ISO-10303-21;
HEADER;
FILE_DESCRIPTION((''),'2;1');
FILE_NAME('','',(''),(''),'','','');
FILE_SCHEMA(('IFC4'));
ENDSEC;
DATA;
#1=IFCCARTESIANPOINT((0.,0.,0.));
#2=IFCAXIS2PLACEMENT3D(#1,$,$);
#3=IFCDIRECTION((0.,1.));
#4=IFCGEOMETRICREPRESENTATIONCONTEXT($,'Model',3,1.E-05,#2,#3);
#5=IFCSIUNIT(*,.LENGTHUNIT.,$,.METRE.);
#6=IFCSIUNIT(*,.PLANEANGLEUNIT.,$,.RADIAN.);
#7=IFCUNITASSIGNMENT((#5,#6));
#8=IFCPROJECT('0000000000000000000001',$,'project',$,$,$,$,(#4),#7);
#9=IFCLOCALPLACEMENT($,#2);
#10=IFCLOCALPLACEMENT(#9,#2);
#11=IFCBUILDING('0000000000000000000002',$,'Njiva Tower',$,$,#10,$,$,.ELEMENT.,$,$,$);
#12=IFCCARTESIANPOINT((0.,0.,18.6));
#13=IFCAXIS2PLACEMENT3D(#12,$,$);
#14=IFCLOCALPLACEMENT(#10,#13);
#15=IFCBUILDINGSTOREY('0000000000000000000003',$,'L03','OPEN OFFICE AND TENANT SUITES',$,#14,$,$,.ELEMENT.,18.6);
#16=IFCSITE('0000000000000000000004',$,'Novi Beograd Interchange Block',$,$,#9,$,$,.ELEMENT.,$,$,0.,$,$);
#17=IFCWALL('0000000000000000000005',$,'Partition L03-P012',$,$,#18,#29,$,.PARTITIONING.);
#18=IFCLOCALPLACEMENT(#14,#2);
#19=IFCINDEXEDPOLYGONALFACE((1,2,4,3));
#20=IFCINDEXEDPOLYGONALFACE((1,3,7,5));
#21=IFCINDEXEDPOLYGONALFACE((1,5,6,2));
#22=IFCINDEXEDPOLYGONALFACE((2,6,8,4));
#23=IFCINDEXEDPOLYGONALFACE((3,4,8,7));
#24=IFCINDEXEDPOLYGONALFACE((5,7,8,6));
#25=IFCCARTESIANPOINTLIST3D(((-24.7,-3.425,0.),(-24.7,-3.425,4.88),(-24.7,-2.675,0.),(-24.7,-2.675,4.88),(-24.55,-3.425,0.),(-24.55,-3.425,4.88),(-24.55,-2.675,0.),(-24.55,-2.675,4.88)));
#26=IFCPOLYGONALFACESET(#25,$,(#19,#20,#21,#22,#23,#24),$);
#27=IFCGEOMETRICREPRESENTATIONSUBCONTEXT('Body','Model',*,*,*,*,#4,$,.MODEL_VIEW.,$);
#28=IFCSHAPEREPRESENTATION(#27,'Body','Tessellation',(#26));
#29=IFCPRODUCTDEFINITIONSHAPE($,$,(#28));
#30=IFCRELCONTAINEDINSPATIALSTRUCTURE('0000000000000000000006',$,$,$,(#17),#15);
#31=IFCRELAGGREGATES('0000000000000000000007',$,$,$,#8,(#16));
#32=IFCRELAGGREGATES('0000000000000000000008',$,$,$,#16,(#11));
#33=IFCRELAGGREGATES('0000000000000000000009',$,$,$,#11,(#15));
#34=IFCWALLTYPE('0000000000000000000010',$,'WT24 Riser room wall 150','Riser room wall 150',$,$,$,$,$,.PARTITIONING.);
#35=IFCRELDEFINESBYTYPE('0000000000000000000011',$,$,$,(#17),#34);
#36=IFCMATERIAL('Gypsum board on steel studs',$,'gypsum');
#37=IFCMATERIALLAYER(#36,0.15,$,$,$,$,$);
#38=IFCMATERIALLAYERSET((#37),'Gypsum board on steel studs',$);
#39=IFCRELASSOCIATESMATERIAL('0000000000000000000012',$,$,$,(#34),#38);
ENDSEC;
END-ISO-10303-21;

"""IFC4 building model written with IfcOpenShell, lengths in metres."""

from ifc_helpers import new_model, si_unit, direction, frame, frame_2d, origin, place, context, subcontext, project, spatial, rectangle, extrude, material, layer, layer_set, type_object, element, save


model = new_model("IFC4")

# Units and contexts
model_context = context("Model", 3, precision=1e-05, world=origin(), true_north=direction((0.0, 1.0)))
body_context = subcontext(model_context, "Body", "Model", "MODEL_VIEW")
ifc_project = project(units=[si_unit("LENGTHUNIT", "METRE"), si_unit("PLANEANGLEUNIT", "RADIAN")], contexts=[model_context])

# Site, building, storey
site_placement = place(None, origin())
site = spatial("IfcSite", under=ifc_project, at=site_placement, Name="Novi Beograd Interchange Block", CompositionType="ELEMENT", RefElevation=0.0)
building_placement = place(site_placement, origin())
building = spatial("IfcBuilding", under=site, at=building_placement, Name="Njiva Tower", CompositionType="ELEMENT")
storey_placement = place(building_placement, frame((0.0, 0.0, 18.6)))
storey = spatial("IfcBuildingStorey", under=building, at=storey_placement, Name="L03", Description="OPEN OFFICE AND TENANT SUITES", CompositionType="ELEMENT", Elevation=18.6)

# Shared definitions
ifc_material_1 = material(Name="Gypsum board on steel studs", Category="gypsum")

# Wall
ifc_layer_1 = layer(ifc_material_1, 0.15)
ifc_layer_set_1 = layer_set([ifc_layer_1], Name="Gypsum board on steel studs")
wall_type_1 = type_object("IfcWallType", Name="WT24 Riser room wall 150", Description="Riser room wall 150", PredefinedType="PARTITIONING", material=ifc_layer_set_1)
wall_1_placement = place(storey_placement, frame((-24.625, -3.425, 0.0), z_axis=(0.0, 0.0, 1.0), x_axis=(0.0, 1.0, 0.0)))
element("IfcWall", 1, at=wall_1_placement, inside=storey, type_object=wall_type_1, Name="Partition L03-P012", PredefinedType="PARTITIONING", context=body_context, shape_type="SweptSolid", body=[
    extrude(rectangle(XDim=0.75, YDim=0.15, at=frame_2d((0.375, 0.0))), origin(), (0.0, 0.0, 1.0), 4.88),
])

save(model, "model.ifc")
